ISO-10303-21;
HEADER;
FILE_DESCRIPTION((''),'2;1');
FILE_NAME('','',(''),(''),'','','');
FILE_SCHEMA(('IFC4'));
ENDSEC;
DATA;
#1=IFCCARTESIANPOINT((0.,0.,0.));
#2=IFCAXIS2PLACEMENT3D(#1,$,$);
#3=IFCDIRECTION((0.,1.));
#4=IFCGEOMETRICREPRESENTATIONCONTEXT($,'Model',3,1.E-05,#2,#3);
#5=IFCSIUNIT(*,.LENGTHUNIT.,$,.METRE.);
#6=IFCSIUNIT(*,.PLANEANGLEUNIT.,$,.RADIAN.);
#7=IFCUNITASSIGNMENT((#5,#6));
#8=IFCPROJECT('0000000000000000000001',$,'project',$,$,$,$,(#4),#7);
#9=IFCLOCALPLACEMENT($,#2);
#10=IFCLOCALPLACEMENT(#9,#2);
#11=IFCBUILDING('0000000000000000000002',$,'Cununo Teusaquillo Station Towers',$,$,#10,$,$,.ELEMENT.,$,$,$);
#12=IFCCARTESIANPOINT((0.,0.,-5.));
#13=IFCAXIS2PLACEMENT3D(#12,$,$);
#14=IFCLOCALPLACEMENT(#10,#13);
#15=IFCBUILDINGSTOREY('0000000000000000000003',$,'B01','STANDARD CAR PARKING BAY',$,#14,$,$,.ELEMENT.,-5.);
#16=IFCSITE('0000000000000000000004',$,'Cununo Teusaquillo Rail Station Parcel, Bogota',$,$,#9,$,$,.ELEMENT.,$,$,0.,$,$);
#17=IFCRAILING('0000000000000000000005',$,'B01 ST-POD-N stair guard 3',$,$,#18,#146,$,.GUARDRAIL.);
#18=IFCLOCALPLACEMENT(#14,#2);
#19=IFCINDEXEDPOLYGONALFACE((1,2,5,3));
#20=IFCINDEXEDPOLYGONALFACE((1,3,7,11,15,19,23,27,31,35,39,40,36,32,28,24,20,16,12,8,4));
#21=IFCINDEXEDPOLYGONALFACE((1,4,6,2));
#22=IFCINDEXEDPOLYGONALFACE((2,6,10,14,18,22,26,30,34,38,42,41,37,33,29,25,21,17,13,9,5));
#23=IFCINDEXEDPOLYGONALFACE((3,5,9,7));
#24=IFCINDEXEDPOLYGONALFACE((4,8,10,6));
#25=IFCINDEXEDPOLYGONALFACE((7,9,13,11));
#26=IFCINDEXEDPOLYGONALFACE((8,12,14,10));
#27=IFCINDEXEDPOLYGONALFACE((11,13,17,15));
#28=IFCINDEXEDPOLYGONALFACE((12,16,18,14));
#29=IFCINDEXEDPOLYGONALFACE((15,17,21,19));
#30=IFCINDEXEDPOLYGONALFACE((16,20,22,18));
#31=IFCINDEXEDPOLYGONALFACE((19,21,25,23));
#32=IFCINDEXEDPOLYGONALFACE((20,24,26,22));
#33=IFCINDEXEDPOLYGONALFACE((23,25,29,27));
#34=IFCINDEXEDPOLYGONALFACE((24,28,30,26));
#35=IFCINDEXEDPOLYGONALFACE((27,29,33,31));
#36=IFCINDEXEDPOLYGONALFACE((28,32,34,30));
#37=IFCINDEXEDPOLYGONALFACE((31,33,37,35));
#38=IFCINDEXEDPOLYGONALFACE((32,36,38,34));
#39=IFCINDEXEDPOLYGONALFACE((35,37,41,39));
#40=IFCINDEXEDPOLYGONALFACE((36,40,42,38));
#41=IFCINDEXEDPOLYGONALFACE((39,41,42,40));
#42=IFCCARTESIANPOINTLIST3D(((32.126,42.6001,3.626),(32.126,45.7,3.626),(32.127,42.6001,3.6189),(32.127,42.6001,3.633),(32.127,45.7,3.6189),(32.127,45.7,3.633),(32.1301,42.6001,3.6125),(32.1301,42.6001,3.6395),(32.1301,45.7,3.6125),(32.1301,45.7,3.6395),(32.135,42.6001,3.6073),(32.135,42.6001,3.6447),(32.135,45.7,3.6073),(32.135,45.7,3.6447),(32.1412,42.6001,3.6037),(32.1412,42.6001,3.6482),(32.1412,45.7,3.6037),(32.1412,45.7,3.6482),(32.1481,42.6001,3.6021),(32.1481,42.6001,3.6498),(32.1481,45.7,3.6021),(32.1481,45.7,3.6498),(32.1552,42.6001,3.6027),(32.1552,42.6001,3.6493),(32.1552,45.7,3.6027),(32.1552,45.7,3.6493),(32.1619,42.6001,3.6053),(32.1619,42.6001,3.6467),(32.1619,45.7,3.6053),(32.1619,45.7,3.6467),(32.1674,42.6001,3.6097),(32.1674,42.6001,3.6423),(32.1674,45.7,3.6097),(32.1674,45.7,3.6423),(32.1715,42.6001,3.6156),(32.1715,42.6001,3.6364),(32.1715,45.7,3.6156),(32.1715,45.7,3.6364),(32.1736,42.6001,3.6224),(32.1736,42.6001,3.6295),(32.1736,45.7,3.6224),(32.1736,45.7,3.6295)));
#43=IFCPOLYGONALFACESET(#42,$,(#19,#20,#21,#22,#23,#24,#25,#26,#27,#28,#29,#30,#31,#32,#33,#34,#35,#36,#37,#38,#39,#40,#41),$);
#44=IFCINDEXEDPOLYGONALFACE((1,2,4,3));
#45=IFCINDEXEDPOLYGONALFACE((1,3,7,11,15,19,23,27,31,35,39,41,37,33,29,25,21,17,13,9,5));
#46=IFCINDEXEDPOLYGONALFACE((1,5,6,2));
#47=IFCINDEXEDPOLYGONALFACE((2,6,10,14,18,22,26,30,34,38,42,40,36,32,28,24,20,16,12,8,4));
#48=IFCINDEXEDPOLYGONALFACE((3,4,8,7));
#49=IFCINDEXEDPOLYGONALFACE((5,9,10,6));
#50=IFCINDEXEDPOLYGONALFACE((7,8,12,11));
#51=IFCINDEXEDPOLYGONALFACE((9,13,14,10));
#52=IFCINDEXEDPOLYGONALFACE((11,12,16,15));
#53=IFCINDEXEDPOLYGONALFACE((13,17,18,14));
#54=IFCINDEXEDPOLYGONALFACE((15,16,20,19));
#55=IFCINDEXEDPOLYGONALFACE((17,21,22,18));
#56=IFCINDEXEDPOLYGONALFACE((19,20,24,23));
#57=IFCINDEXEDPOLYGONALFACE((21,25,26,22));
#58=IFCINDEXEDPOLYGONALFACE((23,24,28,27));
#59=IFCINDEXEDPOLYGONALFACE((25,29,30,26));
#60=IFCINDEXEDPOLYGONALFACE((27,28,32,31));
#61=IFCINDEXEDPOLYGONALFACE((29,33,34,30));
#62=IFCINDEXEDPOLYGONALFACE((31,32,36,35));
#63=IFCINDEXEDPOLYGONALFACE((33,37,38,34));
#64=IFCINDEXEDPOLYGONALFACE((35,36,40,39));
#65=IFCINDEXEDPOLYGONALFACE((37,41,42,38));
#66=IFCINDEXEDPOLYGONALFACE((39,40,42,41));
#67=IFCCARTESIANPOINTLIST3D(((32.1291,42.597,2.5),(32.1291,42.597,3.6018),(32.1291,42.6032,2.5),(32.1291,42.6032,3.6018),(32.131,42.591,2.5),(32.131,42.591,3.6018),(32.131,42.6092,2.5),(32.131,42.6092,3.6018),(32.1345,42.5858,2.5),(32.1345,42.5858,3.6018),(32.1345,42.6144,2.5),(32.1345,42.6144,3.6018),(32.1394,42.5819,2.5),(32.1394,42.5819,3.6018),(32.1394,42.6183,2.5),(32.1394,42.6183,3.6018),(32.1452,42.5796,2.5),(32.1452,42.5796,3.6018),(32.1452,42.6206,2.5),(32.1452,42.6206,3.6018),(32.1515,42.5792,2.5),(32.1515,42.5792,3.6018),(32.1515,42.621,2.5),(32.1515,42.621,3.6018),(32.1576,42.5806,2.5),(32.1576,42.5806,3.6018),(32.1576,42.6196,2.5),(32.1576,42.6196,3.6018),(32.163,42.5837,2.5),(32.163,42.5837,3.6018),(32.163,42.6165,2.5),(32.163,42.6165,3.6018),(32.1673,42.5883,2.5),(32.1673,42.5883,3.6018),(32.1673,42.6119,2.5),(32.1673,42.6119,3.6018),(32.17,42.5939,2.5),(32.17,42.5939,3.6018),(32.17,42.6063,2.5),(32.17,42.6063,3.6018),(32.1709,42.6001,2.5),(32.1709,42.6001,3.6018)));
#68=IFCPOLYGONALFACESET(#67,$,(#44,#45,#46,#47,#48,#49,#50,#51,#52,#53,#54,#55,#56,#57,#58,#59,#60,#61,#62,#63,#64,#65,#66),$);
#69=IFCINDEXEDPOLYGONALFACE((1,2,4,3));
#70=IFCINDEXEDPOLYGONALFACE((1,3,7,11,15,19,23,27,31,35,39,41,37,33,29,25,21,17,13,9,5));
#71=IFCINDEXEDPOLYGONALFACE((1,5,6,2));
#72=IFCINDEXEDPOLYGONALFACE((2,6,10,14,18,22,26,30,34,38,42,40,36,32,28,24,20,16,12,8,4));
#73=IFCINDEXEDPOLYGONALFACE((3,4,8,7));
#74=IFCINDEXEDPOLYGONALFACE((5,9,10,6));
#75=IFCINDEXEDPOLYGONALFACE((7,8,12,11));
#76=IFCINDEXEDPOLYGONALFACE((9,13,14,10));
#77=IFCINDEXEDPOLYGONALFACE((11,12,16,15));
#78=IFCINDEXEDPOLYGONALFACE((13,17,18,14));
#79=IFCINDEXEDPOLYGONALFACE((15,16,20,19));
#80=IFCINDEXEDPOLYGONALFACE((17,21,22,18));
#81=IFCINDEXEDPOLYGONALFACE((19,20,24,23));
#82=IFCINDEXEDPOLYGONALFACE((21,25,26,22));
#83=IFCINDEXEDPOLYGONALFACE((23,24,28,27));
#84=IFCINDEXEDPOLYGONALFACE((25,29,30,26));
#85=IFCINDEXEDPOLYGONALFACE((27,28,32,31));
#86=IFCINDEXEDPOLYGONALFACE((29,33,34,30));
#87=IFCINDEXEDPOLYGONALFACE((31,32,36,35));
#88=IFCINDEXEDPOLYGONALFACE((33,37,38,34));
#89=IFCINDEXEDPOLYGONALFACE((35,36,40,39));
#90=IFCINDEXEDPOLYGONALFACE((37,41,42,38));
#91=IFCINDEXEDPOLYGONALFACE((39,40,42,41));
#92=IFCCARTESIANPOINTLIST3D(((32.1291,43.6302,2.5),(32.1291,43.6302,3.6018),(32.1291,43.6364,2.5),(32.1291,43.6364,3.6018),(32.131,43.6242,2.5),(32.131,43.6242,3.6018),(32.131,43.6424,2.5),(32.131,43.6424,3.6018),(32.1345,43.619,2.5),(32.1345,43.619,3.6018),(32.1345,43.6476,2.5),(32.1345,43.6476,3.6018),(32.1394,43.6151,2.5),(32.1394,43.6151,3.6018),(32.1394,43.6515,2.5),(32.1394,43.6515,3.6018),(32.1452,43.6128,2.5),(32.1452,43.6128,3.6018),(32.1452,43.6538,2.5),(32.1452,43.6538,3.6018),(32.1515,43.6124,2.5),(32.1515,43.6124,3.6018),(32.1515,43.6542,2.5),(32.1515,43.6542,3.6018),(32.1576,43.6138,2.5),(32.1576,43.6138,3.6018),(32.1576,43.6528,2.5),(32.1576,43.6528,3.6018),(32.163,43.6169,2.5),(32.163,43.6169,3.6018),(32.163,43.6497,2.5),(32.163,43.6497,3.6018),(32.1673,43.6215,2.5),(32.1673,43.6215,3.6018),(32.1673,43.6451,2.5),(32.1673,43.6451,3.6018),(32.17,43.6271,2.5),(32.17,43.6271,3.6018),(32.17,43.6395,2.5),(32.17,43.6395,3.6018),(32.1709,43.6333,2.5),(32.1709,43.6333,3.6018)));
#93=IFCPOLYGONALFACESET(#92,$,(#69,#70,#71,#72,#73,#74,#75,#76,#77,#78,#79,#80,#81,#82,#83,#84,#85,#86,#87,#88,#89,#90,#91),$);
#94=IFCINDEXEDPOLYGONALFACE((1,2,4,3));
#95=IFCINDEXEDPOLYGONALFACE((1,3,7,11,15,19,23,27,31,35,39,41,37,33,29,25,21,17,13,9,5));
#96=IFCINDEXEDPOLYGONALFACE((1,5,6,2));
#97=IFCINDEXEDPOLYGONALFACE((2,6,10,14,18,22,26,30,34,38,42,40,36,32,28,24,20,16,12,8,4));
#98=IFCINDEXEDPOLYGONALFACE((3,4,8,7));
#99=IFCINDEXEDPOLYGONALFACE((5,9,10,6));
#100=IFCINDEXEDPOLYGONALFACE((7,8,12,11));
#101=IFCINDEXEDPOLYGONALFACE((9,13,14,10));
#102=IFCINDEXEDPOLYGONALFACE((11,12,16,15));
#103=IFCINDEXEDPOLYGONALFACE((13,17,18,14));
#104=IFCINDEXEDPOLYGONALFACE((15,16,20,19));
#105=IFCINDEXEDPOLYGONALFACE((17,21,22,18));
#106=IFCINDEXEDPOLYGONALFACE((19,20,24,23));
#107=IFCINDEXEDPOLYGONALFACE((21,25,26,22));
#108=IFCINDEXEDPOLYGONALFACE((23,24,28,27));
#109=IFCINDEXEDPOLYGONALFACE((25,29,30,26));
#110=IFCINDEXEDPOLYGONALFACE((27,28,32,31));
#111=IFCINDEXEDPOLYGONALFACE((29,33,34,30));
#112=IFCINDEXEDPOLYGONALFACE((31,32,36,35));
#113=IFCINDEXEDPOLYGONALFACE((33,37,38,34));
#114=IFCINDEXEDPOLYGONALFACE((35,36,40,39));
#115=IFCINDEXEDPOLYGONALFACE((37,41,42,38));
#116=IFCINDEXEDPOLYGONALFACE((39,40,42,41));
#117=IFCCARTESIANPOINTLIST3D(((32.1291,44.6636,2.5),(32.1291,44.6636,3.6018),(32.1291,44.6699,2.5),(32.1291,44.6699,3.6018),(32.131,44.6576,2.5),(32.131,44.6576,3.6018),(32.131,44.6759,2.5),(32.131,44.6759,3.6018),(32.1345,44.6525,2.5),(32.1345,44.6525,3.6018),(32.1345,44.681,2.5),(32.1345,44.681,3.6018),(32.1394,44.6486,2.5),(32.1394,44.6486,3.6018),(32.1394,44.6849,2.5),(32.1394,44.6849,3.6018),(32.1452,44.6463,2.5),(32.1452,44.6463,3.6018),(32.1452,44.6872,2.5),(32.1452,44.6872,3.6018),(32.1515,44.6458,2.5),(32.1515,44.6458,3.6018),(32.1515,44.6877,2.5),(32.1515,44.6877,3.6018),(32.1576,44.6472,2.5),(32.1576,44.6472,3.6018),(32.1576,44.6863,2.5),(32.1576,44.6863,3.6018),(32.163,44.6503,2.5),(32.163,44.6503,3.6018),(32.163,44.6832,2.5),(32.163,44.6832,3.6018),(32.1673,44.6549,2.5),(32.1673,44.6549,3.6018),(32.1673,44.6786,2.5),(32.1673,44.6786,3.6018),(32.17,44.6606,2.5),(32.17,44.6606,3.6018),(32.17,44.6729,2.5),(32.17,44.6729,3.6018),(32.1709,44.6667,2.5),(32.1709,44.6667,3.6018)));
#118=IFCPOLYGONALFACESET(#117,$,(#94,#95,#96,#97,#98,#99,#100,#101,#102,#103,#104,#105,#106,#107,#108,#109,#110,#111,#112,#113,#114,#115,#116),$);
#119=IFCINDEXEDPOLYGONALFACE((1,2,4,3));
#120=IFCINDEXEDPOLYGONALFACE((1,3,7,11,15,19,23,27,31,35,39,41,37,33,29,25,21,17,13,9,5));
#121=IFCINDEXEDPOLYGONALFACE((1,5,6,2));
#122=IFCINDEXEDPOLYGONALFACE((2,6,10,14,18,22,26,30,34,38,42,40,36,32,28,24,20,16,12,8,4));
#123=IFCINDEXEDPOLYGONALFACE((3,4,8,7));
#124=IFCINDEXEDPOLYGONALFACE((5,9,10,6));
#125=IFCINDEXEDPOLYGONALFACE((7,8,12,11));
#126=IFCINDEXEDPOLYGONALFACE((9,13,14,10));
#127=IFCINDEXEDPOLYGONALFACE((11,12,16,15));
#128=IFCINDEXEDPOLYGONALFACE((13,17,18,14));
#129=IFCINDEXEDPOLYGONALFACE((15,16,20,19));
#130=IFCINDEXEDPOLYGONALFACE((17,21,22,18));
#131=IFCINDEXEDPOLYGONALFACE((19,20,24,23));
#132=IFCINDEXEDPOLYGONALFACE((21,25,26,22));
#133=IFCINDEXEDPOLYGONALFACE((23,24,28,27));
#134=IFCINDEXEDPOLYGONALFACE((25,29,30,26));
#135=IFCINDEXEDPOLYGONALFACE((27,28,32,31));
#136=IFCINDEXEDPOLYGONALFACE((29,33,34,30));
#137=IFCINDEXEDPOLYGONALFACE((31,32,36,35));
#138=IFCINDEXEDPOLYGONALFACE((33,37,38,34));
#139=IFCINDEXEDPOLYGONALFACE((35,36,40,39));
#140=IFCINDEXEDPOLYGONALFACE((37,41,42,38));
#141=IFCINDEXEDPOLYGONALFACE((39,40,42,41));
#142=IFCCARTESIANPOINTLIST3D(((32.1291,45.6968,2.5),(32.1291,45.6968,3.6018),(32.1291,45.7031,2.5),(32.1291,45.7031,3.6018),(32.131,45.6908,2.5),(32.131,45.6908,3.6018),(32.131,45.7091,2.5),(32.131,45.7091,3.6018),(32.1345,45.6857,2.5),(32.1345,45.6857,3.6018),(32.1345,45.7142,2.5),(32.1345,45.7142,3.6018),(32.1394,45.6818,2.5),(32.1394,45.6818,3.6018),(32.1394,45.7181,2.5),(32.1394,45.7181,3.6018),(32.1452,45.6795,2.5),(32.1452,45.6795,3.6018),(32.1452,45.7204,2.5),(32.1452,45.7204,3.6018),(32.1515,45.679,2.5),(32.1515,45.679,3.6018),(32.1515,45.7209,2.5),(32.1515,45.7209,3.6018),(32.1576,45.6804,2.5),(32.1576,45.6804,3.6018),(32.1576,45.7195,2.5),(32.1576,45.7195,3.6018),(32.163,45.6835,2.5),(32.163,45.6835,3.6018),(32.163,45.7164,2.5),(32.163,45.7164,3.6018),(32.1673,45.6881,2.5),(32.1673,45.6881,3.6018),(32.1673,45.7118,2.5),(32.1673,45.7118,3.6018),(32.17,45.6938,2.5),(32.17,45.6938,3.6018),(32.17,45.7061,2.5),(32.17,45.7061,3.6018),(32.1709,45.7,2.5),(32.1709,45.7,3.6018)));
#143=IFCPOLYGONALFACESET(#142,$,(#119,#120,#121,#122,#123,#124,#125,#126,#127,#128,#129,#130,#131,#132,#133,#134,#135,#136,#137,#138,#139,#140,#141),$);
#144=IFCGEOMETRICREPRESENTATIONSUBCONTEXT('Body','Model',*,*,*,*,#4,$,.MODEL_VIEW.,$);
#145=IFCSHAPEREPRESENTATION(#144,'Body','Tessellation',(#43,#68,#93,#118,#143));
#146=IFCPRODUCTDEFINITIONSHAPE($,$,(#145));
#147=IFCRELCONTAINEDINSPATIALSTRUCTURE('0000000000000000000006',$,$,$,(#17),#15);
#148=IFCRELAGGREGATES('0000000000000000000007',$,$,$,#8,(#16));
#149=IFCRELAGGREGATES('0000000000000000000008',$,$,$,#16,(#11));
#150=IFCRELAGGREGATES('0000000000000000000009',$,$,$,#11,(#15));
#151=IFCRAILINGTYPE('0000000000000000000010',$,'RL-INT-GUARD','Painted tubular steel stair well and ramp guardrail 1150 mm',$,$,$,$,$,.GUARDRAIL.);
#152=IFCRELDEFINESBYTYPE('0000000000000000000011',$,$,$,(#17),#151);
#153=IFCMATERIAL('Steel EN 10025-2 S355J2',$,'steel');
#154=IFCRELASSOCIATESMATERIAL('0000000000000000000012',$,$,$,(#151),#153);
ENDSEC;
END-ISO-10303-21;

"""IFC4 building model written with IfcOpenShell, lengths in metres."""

from ifc_helpers import new_model, si_unit, direction, frame, origin, origin_2d, place, context, subcontext, project, spatial, circle, extrude, material, type_object, element, save


model = new_model("IFC4")

# Units and contexts
model_context = context("Model", 3, precision=1e-05, world=origin(), true_north=direction((0.0, 1.0)))
body_context = subcontext(model_context, "Body", "Model", "MODEL_VIEW")
ifc_project = project(units=[si_unit("LENGTHUNIT", "METRE"), si_unit("PLANEANGLEUNIT", "RADIAN")], contexts=[model_context])

# Site, building, storey
site_placement = place(None, origin())
site = spatial("IfcSite", under=ifc_project, at=site_placement, Name="Cununo Teusaquillo Rail Station Parcel, Bogota", CompositionType="ELEMENT", RefElevation=0.0)
building_placement = place(site_placement, origin())
building = spatial("IfcBuilding", under=site, at=building_placement, Name="Cununo Teusaquillo Station Towers", CompositionType="ELEMENT")
storey_placement = place(building_placement, frame((0.0, 0.0, -5.0)))
storey = spatial("IfcBuildingStorey", under=building, at=storey_placement, Name="B01", Description="STANDARD CAR PARKING BAY", CompositionType="ELEMENT", Elevation=-5.0)

# Railing
ifc_material_1 = material(Name="Steel EN 10025-2 S355J2", Category="steel")
railing_type_1 = type_object("IfcRailingType", Name="RL-INT-GUARD", Description="Painted tubular steel stair well and ramp guardrail 1150 mm", PredefinedType="GUARDRAIL", material=ifc_material_1)
railing_1_placement = place(storey_placement, frame((32.1499, 42.6001, 2.5)))
element("IfcRailing", 1, at=railing_1_placement, inside=storey, type_object=railing_type_1, Name="B01 ST-POD-N stair guard 3", PredefinedType="GUARDRAIL", context=body_context, shape_type="SweptSolid", body=[
    extrude(circle(Radius=0.0239, at=origin_2d()), frame((0.0, 0.0, 1.126), z_axis=(0.0, 1.0, 0.0), x_axis=(-1.0, 0.0, 0.0)), (0.0, 0.0, 1.0), 3.0999),
    extrude(circle(Radius=0.021, at=origin_2d()), origin(), (0.0, 0.0, 1.0), 1.1018),
    extrude(circle(Radius=0.021, at=origin_2d()), frame((0.0, 1.0332, 0.0)), (0.0, 0.0, 1.0), 1.1018),
    extrude(circle(Radius=0.021, at=origin_2d()), frame((0.0, 2.0667, 0.0)), (0.0, 0.0, 1.0), 1.1018),
    extrude(circle(Radius=0.021, at=origin_2d()), frame((0.0, 3.0999, 0.0)), (0.0, 0.0, 1.0), 1.1018),
])

save(model, "model.ifc")
